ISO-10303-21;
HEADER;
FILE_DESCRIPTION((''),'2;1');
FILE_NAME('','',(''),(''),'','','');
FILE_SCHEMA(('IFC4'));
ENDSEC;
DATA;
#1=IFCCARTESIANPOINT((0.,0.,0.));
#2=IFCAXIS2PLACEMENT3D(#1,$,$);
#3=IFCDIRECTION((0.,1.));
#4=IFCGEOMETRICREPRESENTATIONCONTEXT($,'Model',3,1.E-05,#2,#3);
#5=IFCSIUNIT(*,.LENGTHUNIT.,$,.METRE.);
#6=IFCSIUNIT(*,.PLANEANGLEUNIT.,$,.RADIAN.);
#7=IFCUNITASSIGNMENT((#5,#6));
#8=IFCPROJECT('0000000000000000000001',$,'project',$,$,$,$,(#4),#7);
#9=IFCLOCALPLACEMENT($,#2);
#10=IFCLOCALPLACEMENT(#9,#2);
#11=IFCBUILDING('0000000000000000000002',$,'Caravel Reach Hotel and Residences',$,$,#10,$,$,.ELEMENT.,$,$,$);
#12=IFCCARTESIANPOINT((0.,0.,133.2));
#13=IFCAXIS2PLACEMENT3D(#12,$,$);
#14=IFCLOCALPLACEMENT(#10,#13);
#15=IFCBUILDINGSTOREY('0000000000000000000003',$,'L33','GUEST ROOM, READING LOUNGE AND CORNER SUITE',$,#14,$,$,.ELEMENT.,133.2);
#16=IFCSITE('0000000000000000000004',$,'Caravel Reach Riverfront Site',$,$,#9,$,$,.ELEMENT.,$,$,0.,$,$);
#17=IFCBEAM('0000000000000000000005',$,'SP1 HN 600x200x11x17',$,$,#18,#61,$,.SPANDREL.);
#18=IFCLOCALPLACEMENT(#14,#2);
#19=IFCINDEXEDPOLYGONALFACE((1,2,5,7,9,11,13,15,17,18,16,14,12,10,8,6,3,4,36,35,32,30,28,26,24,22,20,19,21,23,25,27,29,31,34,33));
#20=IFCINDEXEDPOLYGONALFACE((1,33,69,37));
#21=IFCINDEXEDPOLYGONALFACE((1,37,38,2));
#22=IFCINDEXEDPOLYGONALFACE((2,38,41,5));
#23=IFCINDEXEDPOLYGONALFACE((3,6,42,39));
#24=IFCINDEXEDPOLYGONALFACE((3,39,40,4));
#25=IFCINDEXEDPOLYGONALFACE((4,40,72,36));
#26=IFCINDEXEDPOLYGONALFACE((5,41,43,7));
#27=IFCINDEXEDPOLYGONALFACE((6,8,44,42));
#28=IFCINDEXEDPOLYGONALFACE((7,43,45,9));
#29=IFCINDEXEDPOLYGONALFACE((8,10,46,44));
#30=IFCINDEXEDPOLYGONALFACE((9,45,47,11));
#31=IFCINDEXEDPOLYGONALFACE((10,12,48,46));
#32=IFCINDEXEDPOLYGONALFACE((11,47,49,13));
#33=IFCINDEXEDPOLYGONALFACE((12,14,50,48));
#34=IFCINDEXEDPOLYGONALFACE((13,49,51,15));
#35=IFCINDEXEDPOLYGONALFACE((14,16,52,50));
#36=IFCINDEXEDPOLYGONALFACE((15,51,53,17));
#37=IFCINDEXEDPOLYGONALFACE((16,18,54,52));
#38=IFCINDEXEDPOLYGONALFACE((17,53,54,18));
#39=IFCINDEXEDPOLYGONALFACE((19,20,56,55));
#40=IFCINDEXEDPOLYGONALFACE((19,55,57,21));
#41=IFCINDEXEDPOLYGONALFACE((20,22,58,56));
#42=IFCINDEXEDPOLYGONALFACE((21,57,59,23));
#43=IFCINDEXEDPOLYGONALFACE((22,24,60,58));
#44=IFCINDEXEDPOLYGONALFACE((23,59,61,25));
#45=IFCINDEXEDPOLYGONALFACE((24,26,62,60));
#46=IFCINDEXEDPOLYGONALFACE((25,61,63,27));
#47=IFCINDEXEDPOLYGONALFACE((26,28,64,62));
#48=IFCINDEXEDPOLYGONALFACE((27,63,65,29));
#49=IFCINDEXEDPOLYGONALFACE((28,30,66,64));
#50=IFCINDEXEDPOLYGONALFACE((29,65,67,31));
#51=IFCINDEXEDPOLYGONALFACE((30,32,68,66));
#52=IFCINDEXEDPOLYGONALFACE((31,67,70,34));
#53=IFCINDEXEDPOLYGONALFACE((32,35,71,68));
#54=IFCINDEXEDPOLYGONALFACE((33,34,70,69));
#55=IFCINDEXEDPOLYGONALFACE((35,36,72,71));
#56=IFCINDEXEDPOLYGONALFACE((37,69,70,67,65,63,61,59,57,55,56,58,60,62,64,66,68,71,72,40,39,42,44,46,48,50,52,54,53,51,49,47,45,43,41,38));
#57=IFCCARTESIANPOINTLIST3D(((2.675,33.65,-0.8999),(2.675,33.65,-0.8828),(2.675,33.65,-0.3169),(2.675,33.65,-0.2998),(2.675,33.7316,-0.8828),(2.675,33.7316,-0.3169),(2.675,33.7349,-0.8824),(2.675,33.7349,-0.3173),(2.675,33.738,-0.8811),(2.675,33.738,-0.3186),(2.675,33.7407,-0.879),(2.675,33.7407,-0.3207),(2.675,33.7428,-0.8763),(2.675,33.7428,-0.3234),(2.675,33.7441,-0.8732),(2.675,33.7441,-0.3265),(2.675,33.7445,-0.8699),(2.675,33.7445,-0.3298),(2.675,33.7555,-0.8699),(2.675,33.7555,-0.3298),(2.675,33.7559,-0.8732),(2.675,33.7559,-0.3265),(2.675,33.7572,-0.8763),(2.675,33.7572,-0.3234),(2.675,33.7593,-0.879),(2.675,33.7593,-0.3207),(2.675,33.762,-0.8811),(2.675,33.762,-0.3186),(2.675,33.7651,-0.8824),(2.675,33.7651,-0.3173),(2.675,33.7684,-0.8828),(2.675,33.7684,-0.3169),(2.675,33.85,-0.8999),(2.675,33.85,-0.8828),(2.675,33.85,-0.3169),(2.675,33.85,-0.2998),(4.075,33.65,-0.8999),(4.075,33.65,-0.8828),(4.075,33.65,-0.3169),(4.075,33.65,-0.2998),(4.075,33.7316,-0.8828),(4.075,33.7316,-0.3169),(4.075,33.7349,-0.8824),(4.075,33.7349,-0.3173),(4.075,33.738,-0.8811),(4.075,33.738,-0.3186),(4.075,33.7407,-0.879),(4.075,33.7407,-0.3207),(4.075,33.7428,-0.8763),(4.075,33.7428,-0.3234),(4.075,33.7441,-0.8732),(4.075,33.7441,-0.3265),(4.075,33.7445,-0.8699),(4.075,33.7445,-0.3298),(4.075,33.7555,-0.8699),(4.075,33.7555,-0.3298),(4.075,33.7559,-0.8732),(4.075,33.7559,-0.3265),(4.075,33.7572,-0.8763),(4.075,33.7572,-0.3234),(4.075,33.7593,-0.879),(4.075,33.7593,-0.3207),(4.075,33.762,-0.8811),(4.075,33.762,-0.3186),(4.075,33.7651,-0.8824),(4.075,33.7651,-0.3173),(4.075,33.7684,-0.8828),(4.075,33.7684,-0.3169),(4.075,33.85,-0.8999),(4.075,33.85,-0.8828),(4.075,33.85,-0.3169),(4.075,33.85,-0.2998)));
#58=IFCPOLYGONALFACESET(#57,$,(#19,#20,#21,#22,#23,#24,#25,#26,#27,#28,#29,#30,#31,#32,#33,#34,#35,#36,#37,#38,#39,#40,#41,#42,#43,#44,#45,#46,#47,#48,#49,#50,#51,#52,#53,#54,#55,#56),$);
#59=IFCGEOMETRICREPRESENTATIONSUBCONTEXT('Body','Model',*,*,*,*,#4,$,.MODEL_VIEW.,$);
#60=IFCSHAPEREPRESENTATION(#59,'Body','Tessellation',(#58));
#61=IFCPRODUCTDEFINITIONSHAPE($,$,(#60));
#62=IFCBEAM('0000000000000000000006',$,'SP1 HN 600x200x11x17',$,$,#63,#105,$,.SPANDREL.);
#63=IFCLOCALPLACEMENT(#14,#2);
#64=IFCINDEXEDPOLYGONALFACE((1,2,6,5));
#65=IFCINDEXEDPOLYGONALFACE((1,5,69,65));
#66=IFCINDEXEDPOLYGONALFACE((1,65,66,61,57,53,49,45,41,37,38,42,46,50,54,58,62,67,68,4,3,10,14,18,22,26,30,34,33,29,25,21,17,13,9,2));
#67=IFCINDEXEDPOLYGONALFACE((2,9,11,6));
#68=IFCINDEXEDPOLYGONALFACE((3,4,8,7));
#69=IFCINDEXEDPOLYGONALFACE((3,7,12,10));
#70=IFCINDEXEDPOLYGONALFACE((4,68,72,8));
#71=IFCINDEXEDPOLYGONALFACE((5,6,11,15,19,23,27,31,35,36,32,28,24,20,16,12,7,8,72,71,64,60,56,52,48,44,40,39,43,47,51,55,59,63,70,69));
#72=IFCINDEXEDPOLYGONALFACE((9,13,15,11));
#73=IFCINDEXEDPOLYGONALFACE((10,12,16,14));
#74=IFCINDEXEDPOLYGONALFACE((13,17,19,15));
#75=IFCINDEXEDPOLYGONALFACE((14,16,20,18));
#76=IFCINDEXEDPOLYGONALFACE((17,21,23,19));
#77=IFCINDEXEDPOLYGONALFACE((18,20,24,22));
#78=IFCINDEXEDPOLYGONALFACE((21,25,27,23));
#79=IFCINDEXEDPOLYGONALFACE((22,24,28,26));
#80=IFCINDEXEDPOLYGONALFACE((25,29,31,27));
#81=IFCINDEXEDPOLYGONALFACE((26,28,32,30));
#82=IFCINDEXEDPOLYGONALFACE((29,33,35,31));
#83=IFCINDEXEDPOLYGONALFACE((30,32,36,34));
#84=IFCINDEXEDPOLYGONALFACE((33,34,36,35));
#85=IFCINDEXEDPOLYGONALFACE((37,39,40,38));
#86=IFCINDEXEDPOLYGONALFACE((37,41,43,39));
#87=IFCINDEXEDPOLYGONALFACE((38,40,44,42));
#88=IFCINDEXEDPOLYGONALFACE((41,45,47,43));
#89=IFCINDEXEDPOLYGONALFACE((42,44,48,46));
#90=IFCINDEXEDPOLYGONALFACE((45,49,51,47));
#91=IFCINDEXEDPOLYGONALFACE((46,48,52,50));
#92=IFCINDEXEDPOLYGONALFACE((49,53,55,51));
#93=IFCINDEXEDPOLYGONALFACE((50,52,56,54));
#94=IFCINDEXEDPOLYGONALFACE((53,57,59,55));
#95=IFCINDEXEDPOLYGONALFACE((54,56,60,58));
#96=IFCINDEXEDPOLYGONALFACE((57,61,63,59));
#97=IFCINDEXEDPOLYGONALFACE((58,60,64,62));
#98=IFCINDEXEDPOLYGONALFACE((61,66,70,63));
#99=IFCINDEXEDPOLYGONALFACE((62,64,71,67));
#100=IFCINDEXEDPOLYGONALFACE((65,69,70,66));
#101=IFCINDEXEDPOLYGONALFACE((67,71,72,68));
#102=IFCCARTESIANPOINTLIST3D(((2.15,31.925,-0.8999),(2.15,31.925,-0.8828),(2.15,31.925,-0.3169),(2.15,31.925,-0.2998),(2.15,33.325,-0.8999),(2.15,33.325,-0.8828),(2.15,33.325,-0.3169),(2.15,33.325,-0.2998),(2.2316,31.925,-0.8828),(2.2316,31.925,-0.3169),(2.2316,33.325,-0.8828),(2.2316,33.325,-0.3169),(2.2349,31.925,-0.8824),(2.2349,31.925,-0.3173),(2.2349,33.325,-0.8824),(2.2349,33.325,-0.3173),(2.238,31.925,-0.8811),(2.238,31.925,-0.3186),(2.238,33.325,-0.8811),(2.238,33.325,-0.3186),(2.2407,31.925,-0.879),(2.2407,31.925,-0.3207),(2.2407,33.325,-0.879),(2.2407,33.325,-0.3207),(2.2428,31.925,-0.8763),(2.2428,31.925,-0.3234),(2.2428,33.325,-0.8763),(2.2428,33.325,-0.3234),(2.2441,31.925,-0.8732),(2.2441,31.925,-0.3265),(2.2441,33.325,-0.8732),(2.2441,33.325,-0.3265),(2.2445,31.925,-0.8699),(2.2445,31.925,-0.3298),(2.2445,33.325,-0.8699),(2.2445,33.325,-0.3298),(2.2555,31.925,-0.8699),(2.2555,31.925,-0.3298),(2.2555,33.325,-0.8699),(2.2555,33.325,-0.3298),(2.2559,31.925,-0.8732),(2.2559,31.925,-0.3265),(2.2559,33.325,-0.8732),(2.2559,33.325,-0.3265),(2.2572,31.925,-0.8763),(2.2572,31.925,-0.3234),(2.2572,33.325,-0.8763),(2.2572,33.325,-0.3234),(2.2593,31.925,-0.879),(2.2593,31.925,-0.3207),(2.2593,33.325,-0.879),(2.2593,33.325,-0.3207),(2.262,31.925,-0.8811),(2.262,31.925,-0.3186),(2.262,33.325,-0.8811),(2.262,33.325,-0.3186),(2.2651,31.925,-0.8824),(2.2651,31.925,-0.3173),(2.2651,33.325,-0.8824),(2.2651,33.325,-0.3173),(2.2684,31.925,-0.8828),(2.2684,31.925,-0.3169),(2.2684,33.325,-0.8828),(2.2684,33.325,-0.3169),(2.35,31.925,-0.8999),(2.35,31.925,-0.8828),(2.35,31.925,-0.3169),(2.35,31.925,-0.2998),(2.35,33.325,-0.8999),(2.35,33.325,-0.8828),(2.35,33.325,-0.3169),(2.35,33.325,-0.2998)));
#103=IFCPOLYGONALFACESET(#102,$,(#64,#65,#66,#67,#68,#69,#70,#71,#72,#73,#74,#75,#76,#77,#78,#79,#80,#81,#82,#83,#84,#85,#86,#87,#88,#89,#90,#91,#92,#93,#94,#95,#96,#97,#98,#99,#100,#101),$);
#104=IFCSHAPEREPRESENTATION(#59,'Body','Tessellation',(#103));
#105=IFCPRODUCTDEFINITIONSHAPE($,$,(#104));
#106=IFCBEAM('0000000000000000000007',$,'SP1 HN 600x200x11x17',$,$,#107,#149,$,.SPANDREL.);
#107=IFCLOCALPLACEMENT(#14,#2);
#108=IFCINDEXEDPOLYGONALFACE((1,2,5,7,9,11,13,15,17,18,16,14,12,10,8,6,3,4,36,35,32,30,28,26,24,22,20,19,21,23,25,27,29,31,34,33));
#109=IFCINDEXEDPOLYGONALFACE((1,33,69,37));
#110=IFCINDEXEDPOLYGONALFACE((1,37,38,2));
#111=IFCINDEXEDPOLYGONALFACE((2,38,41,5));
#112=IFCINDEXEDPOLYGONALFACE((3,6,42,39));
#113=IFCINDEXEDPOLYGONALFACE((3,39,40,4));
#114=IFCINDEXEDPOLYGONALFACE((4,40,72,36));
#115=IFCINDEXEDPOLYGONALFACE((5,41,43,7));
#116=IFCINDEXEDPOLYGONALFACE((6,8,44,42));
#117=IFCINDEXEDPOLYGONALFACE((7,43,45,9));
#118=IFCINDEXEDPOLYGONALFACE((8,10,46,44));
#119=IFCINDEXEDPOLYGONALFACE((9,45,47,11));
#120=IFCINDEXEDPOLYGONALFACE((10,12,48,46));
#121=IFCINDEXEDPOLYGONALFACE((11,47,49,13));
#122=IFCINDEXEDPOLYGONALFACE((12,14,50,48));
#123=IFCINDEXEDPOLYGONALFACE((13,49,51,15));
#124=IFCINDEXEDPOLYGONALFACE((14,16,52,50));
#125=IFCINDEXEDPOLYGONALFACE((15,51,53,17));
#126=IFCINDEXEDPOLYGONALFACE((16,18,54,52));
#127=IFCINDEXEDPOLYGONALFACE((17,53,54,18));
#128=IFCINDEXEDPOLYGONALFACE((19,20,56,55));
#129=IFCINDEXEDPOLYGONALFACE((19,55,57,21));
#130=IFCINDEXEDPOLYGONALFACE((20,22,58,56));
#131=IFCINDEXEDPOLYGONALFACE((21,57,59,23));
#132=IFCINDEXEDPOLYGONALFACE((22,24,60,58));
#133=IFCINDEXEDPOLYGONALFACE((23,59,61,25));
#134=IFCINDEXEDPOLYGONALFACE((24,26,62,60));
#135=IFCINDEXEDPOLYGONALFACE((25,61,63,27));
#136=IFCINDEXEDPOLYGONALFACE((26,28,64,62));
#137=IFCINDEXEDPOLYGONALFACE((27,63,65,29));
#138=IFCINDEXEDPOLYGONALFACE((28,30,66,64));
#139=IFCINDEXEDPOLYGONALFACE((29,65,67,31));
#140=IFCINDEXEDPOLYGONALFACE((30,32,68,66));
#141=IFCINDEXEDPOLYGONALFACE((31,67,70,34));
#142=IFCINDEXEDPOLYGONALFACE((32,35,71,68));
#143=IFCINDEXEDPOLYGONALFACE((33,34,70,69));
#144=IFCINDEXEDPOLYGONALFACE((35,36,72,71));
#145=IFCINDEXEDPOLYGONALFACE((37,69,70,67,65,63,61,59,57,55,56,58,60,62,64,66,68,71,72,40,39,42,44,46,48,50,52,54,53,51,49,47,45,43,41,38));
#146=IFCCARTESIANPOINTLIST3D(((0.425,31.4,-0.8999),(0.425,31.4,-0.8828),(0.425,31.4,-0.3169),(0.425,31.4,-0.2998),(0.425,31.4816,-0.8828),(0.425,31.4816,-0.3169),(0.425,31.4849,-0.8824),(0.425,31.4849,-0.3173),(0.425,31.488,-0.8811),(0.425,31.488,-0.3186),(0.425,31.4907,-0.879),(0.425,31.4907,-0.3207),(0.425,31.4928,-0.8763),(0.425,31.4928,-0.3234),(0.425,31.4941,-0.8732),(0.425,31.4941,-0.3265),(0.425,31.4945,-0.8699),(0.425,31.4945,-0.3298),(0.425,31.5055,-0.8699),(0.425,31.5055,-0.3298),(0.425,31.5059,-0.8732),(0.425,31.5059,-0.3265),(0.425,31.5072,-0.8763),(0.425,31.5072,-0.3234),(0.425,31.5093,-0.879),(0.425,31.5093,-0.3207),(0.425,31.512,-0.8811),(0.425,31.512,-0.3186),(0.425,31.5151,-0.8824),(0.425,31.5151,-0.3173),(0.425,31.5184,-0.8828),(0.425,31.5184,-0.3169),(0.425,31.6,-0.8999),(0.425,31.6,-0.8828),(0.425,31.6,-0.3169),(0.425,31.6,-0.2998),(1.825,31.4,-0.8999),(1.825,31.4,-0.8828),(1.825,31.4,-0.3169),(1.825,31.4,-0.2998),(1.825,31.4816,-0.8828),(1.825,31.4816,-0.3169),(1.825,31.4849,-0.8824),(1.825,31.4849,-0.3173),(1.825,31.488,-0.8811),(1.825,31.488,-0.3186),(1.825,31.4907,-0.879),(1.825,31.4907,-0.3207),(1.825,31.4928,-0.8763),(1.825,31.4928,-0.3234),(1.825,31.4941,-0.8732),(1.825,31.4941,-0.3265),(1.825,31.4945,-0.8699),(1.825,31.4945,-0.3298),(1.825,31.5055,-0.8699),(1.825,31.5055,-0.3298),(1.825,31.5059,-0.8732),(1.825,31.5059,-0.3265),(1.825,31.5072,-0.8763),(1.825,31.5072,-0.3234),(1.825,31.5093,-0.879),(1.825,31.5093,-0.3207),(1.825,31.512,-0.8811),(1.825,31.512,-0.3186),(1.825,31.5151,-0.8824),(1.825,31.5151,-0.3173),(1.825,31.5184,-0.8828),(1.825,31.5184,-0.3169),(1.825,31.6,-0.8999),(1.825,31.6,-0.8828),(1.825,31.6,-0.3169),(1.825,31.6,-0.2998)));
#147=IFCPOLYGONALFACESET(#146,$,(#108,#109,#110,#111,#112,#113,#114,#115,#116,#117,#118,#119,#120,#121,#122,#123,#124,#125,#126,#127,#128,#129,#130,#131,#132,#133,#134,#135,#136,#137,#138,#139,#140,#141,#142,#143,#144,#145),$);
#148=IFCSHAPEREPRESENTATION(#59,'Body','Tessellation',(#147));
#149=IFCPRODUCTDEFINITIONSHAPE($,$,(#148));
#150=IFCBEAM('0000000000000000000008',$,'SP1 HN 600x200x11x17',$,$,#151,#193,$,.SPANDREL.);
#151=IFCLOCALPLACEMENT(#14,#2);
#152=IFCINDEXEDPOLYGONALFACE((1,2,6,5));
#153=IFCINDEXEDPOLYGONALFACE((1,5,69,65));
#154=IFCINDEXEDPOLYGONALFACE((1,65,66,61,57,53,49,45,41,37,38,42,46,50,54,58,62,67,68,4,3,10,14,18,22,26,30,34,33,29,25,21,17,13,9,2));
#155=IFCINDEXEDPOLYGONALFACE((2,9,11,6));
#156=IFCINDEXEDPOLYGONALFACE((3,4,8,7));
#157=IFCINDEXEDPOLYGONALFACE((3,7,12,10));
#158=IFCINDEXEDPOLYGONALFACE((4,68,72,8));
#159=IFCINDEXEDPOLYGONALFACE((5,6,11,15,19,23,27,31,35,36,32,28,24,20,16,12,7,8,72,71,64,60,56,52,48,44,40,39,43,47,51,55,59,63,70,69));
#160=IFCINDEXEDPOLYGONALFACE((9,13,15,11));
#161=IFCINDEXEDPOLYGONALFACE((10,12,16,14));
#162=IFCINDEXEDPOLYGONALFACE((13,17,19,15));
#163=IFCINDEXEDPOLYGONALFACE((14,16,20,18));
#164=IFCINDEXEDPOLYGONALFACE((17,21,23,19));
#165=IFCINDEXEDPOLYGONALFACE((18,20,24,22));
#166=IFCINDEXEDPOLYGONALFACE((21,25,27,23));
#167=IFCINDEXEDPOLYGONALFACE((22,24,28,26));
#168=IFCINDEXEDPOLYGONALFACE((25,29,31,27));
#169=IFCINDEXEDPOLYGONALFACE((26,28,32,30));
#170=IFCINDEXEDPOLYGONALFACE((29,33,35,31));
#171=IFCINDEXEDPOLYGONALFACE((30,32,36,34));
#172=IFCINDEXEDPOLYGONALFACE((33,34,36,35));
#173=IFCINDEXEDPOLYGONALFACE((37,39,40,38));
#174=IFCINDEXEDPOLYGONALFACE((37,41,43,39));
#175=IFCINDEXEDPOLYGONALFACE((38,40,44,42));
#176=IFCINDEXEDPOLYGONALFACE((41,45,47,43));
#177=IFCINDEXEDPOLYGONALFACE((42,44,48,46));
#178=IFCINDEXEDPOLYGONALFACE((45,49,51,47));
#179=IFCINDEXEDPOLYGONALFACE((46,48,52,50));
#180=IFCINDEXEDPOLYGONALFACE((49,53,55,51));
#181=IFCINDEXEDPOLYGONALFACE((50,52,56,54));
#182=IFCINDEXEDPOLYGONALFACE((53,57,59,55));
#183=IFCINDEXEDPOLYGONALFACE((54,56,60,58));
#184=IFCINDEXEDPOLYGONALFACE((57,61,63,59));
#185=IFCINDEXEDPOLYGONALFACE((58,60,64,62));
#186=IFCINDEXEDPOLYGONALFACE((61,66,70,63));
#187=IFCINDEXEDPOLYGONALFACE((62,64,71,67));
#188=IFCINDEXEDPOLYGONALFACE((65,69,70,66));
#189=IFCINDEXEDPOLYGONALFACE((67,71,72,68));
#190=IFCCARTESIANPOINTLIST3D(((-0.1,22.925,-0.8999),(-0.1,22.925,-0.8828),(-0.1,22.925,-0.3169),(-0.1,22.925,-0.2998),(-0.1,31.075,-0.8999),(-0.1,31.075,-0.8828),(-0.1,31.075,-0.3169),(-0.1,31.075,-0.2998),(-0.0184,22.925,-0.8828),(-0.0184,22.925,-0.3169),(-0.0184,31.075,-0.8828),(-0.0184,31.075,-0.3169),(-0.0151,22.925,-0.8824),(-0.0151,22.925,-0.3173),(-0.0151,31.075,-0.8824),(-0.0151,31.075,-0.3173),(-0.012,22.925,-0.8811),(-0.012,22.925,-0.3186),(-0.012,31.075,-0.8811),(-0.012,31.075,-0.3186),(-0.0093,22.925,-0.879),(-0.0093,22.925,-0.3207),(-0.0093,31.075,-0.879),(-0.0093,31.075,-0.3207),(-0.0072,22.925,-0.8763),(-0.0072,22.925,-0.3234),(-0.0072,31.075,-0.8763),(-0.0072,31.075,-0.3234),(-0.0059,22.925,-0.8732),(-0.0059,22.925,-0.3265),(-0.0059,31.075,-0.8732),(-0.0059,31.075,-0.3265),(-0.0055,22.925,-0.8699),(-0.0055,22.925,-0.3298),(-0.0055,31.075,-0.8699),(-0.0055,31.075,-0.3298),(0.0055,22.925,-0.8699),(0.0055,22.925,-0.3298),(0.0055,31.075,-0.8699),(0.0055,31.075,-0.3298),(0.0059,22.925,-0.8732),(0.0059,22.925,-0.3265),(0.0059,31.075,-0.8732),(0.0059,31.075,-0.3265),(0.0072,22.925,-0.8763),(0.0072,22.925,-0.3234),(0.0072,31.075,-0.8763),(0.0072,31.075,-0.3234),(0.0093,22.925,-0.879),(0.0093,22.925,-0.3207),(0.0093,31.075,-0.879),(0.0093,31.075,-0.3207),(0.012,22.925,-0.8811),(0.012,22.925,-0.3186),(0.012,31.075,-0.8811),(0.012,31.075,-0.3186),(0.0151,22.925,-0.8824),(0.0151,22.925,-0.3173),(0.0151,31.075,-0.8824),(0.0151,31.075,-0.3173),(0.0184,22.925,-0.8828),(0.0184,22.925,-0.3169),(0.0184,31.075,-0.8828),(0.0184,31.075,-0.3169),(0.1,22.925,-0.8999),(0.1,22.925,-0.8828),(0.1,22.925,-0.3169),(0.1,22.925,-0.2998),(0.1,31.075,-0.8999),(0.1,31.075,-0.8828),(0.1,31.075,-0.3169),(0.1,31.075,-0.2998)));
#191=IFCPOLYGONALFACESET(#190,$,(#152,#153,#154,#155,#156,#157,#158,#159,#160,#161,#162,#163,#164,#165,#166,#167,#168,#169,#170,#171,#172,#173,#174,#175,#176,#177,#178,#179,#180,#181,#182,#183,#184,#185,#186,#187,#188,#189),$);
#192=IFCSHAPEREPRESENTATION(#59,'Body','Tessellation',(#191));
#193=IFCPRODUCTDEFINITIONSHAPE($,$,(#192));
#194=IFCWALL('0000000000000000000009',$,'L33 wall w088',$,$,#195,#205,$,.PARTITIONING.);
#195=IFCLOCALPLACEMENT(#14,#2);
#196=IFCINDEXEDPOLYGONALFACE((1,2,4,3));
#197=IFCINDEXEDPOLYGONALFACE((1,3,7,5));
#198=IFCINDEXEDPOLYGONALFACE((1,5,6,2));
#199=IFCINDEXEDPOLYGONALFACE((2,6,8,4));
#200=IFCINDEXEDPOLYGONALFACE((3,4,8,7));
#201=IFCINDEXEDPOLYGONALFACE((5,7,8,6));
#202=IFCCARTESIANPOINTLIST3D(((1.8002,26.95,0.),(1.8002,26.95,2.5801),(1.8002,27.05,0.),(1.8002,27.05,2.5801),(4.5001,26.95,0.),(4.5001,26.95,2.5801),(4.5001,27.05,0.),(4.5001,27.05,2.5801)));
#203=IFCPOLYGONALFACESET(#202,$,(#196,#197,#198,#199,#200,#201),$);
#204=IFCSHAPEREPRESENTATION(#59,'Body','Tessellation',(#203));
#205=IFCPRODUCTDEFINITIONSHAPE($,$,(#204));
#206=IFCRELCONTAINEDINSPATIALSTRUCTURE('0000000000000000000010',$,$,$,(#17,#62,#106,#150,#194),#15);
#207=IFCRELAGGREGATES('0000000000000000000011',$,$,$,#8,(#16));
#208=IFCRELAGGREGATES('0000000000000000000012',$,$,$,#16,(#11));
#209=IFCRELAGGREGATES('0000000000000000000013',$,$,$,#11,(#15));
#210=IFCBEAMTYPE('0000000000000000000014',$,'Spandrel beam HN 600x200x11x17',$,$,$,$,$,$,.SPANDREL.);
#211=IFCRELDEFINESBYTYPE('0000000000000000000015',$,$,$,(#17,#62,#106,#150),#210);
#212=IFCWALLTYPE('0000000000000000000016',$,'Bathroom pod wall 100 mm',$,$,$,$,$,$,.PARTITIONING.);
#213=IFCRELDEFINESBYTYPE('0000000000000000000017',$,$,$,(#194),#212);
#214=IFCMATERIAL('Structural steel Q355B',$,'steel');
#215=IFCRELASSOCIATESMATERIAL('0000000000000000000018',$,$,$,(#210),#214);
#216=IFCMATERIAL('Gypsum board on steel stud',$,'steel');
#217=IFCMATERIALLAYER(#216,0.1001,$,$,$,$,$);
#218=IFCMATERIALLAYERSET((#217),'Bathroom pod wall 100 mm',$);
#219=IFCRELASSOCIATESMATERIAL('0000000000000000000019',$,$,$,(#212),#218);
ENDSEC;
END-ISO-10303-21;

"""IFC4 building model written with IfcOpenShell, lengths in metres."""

from ifc_helpers import new_model, si_unit, direction, frame, frame_2d, origin, origin_2d, place, context, subcontext, project, spatial, rectangle, i_section, extrude, material, layer, layer_set, material_profile, profile_set, type_object, element, save


model = new_model("IFC4")

# Units and contexts
model_context = context("Model", 3, precision=1e-05, world=origin(), true_north=direction((0.0, 1.0)))
body_context = subcontext(model_context, "Body", "Model", "MODEL_VIEW")
ifc_project = project(units=[si_unit("LENGTHUNIT", "METRE"), si_unit("PLANEANGLEUNIT", "RADIAN")], contexts=[model_context])

# Site, building, storey
site_placement = place(None, origin())
site = spatial("IfcSite", under=ifc_project, at=site_placement, Name="Caravel Reach Riverfront Site", CompositionType="ELEMENT", RefElevation=0.0)
building_placement = place(site_placement, origin())
building = spatial("IfcBuilding", under=site, at=building_placement, Name="Caravel Reach Hotel and Residences", CompositionType="ELEMENT")
storey_placement = place(building_placement, frame((0.0, 0.0, 133.2)))
storey = spatial("IfcBuildingStorey", under=building, at=storey_placement, Name="L33", Description="GUEST ROOM, READING LOUNGE AND CORNER SUITE", CompositionType="ELEMENT", Elevation=133.2)

# Beams
ifc_material_1 = material(Name="Structural steel Q355B", Category="steel")
ifc_material_profile_1 = material_profile(ifc_material_1, i_section(OverallWidth=0.2, OverallDepth=0.6001, WebThickness=0.011, FlangeThickness=0.0171, FilletRadius=0.0129, at=origin_2d()), Name="HN 600x200x11x17")
ifc_profile_set_1 = profile_set([ifc_material_profile_1], Name="Structural steel Q355B")
beam_type_1 = type_object("IfcBeamType", Name="Spandrel beam HN 600x200x11x17", PredefinedType="SPANDREL", material=ifc_profile_set_1)
for number, where, z_axis, x_axis, name in (
    (1, (4.075, 33.75, -0.5999), (-1.0, 0.0, 0.0), (0.0, -1.0, 0.0), "SP1 HN 600x200x11x17"),
    (2, (2.25, 33.325, -0.5999), (0.0, -1.0, 0.0), (1.0, 0.0, 0.0), "SP1 HN 600x200x11x17"),
    (3, (1.825, 31.5, -0.5999), (-1.0, 0.0, 0.0), (0.0, -1.0, 0.0), "SP1 HN 600x200x11x17"),
):
    element("IfcBeam", number, at=place(storey_placement, frame(where, z_axis=z_axis, x_axis=x_axis)), inside=storey, type_object=beam_type_1, Name=name, PredefinedType="SPANDREL", context=body_context, shape_type="SweptSolid", body=[
        extrude(i_section(OverallWidth=0.2, OverallDepth=0.6001, WebThickness=0.011, FlangeThickness=0.0171, FilletRadius=0.0129, at=origin_2d()), origin(), (0.0, 0.0, 1.0), 1.3999),
    ])
beam_1_placement = place(storey_placement, frame((0.0, 31.075, -0.5999), z_axis=(0.0, -1.0, 0.0), x_axis=(1.0, 0.0, 0.0)))
element("IfcBeam", 4, at=beam_1_placement, inside=storey, type_object=beam_type_1, Name="SP1 HN 600x200x11x17", PredefinedType="SPANDREL", context=body_context, shape_type="SweptSolid", body=[
    extrude(i_section(OverallWidth=0.2, OverallDepth=0.6001, WebThickness=0.011, FlangeThickness=0.0171, FilletRadius=0.0129, at=origin_2d()), origin(), (0.0, 0.0, 1.0), 8.1499),
])

# Wall
ifc_material_2 = material(Name="Gypsum board on steel stud", Category="steel")
ifc_layer_1 = layer(ifc_material_2, 0.1001)
ifc_layer_set_1 = layer_set([ifc_layer_1], Name="Bathroom pod wall 100 mm")
wall_type_1 = type_object("IfcWallType", Name="Bathroom pod wall 100 mm", PredefinedType="PARTITIONING", material=ifc_layer_set_1)
wall_1_placement = place(storey_placement, frame((1.8, 27.0, 0.0), z_axis=(0.0, 0.0, 1.0), x_axis=(1.0, 0.0, 0.0)))
element("IfcWall", 5, at=wall_1_placement, inside=storey, type_object=wall_type_1, Name="L33 wall w088", PredefinedType="PARTITIONING", context=body_context, shape_type="SweptSolid", body=[
    extrude(rectangle(XDim=2.7, YDim=0.1001, at=frame_2d((1.3501, 0.0))), origin(), (0.0, 0.0, 1.0), 2.5801),
])

save(model, "model.ifc")
